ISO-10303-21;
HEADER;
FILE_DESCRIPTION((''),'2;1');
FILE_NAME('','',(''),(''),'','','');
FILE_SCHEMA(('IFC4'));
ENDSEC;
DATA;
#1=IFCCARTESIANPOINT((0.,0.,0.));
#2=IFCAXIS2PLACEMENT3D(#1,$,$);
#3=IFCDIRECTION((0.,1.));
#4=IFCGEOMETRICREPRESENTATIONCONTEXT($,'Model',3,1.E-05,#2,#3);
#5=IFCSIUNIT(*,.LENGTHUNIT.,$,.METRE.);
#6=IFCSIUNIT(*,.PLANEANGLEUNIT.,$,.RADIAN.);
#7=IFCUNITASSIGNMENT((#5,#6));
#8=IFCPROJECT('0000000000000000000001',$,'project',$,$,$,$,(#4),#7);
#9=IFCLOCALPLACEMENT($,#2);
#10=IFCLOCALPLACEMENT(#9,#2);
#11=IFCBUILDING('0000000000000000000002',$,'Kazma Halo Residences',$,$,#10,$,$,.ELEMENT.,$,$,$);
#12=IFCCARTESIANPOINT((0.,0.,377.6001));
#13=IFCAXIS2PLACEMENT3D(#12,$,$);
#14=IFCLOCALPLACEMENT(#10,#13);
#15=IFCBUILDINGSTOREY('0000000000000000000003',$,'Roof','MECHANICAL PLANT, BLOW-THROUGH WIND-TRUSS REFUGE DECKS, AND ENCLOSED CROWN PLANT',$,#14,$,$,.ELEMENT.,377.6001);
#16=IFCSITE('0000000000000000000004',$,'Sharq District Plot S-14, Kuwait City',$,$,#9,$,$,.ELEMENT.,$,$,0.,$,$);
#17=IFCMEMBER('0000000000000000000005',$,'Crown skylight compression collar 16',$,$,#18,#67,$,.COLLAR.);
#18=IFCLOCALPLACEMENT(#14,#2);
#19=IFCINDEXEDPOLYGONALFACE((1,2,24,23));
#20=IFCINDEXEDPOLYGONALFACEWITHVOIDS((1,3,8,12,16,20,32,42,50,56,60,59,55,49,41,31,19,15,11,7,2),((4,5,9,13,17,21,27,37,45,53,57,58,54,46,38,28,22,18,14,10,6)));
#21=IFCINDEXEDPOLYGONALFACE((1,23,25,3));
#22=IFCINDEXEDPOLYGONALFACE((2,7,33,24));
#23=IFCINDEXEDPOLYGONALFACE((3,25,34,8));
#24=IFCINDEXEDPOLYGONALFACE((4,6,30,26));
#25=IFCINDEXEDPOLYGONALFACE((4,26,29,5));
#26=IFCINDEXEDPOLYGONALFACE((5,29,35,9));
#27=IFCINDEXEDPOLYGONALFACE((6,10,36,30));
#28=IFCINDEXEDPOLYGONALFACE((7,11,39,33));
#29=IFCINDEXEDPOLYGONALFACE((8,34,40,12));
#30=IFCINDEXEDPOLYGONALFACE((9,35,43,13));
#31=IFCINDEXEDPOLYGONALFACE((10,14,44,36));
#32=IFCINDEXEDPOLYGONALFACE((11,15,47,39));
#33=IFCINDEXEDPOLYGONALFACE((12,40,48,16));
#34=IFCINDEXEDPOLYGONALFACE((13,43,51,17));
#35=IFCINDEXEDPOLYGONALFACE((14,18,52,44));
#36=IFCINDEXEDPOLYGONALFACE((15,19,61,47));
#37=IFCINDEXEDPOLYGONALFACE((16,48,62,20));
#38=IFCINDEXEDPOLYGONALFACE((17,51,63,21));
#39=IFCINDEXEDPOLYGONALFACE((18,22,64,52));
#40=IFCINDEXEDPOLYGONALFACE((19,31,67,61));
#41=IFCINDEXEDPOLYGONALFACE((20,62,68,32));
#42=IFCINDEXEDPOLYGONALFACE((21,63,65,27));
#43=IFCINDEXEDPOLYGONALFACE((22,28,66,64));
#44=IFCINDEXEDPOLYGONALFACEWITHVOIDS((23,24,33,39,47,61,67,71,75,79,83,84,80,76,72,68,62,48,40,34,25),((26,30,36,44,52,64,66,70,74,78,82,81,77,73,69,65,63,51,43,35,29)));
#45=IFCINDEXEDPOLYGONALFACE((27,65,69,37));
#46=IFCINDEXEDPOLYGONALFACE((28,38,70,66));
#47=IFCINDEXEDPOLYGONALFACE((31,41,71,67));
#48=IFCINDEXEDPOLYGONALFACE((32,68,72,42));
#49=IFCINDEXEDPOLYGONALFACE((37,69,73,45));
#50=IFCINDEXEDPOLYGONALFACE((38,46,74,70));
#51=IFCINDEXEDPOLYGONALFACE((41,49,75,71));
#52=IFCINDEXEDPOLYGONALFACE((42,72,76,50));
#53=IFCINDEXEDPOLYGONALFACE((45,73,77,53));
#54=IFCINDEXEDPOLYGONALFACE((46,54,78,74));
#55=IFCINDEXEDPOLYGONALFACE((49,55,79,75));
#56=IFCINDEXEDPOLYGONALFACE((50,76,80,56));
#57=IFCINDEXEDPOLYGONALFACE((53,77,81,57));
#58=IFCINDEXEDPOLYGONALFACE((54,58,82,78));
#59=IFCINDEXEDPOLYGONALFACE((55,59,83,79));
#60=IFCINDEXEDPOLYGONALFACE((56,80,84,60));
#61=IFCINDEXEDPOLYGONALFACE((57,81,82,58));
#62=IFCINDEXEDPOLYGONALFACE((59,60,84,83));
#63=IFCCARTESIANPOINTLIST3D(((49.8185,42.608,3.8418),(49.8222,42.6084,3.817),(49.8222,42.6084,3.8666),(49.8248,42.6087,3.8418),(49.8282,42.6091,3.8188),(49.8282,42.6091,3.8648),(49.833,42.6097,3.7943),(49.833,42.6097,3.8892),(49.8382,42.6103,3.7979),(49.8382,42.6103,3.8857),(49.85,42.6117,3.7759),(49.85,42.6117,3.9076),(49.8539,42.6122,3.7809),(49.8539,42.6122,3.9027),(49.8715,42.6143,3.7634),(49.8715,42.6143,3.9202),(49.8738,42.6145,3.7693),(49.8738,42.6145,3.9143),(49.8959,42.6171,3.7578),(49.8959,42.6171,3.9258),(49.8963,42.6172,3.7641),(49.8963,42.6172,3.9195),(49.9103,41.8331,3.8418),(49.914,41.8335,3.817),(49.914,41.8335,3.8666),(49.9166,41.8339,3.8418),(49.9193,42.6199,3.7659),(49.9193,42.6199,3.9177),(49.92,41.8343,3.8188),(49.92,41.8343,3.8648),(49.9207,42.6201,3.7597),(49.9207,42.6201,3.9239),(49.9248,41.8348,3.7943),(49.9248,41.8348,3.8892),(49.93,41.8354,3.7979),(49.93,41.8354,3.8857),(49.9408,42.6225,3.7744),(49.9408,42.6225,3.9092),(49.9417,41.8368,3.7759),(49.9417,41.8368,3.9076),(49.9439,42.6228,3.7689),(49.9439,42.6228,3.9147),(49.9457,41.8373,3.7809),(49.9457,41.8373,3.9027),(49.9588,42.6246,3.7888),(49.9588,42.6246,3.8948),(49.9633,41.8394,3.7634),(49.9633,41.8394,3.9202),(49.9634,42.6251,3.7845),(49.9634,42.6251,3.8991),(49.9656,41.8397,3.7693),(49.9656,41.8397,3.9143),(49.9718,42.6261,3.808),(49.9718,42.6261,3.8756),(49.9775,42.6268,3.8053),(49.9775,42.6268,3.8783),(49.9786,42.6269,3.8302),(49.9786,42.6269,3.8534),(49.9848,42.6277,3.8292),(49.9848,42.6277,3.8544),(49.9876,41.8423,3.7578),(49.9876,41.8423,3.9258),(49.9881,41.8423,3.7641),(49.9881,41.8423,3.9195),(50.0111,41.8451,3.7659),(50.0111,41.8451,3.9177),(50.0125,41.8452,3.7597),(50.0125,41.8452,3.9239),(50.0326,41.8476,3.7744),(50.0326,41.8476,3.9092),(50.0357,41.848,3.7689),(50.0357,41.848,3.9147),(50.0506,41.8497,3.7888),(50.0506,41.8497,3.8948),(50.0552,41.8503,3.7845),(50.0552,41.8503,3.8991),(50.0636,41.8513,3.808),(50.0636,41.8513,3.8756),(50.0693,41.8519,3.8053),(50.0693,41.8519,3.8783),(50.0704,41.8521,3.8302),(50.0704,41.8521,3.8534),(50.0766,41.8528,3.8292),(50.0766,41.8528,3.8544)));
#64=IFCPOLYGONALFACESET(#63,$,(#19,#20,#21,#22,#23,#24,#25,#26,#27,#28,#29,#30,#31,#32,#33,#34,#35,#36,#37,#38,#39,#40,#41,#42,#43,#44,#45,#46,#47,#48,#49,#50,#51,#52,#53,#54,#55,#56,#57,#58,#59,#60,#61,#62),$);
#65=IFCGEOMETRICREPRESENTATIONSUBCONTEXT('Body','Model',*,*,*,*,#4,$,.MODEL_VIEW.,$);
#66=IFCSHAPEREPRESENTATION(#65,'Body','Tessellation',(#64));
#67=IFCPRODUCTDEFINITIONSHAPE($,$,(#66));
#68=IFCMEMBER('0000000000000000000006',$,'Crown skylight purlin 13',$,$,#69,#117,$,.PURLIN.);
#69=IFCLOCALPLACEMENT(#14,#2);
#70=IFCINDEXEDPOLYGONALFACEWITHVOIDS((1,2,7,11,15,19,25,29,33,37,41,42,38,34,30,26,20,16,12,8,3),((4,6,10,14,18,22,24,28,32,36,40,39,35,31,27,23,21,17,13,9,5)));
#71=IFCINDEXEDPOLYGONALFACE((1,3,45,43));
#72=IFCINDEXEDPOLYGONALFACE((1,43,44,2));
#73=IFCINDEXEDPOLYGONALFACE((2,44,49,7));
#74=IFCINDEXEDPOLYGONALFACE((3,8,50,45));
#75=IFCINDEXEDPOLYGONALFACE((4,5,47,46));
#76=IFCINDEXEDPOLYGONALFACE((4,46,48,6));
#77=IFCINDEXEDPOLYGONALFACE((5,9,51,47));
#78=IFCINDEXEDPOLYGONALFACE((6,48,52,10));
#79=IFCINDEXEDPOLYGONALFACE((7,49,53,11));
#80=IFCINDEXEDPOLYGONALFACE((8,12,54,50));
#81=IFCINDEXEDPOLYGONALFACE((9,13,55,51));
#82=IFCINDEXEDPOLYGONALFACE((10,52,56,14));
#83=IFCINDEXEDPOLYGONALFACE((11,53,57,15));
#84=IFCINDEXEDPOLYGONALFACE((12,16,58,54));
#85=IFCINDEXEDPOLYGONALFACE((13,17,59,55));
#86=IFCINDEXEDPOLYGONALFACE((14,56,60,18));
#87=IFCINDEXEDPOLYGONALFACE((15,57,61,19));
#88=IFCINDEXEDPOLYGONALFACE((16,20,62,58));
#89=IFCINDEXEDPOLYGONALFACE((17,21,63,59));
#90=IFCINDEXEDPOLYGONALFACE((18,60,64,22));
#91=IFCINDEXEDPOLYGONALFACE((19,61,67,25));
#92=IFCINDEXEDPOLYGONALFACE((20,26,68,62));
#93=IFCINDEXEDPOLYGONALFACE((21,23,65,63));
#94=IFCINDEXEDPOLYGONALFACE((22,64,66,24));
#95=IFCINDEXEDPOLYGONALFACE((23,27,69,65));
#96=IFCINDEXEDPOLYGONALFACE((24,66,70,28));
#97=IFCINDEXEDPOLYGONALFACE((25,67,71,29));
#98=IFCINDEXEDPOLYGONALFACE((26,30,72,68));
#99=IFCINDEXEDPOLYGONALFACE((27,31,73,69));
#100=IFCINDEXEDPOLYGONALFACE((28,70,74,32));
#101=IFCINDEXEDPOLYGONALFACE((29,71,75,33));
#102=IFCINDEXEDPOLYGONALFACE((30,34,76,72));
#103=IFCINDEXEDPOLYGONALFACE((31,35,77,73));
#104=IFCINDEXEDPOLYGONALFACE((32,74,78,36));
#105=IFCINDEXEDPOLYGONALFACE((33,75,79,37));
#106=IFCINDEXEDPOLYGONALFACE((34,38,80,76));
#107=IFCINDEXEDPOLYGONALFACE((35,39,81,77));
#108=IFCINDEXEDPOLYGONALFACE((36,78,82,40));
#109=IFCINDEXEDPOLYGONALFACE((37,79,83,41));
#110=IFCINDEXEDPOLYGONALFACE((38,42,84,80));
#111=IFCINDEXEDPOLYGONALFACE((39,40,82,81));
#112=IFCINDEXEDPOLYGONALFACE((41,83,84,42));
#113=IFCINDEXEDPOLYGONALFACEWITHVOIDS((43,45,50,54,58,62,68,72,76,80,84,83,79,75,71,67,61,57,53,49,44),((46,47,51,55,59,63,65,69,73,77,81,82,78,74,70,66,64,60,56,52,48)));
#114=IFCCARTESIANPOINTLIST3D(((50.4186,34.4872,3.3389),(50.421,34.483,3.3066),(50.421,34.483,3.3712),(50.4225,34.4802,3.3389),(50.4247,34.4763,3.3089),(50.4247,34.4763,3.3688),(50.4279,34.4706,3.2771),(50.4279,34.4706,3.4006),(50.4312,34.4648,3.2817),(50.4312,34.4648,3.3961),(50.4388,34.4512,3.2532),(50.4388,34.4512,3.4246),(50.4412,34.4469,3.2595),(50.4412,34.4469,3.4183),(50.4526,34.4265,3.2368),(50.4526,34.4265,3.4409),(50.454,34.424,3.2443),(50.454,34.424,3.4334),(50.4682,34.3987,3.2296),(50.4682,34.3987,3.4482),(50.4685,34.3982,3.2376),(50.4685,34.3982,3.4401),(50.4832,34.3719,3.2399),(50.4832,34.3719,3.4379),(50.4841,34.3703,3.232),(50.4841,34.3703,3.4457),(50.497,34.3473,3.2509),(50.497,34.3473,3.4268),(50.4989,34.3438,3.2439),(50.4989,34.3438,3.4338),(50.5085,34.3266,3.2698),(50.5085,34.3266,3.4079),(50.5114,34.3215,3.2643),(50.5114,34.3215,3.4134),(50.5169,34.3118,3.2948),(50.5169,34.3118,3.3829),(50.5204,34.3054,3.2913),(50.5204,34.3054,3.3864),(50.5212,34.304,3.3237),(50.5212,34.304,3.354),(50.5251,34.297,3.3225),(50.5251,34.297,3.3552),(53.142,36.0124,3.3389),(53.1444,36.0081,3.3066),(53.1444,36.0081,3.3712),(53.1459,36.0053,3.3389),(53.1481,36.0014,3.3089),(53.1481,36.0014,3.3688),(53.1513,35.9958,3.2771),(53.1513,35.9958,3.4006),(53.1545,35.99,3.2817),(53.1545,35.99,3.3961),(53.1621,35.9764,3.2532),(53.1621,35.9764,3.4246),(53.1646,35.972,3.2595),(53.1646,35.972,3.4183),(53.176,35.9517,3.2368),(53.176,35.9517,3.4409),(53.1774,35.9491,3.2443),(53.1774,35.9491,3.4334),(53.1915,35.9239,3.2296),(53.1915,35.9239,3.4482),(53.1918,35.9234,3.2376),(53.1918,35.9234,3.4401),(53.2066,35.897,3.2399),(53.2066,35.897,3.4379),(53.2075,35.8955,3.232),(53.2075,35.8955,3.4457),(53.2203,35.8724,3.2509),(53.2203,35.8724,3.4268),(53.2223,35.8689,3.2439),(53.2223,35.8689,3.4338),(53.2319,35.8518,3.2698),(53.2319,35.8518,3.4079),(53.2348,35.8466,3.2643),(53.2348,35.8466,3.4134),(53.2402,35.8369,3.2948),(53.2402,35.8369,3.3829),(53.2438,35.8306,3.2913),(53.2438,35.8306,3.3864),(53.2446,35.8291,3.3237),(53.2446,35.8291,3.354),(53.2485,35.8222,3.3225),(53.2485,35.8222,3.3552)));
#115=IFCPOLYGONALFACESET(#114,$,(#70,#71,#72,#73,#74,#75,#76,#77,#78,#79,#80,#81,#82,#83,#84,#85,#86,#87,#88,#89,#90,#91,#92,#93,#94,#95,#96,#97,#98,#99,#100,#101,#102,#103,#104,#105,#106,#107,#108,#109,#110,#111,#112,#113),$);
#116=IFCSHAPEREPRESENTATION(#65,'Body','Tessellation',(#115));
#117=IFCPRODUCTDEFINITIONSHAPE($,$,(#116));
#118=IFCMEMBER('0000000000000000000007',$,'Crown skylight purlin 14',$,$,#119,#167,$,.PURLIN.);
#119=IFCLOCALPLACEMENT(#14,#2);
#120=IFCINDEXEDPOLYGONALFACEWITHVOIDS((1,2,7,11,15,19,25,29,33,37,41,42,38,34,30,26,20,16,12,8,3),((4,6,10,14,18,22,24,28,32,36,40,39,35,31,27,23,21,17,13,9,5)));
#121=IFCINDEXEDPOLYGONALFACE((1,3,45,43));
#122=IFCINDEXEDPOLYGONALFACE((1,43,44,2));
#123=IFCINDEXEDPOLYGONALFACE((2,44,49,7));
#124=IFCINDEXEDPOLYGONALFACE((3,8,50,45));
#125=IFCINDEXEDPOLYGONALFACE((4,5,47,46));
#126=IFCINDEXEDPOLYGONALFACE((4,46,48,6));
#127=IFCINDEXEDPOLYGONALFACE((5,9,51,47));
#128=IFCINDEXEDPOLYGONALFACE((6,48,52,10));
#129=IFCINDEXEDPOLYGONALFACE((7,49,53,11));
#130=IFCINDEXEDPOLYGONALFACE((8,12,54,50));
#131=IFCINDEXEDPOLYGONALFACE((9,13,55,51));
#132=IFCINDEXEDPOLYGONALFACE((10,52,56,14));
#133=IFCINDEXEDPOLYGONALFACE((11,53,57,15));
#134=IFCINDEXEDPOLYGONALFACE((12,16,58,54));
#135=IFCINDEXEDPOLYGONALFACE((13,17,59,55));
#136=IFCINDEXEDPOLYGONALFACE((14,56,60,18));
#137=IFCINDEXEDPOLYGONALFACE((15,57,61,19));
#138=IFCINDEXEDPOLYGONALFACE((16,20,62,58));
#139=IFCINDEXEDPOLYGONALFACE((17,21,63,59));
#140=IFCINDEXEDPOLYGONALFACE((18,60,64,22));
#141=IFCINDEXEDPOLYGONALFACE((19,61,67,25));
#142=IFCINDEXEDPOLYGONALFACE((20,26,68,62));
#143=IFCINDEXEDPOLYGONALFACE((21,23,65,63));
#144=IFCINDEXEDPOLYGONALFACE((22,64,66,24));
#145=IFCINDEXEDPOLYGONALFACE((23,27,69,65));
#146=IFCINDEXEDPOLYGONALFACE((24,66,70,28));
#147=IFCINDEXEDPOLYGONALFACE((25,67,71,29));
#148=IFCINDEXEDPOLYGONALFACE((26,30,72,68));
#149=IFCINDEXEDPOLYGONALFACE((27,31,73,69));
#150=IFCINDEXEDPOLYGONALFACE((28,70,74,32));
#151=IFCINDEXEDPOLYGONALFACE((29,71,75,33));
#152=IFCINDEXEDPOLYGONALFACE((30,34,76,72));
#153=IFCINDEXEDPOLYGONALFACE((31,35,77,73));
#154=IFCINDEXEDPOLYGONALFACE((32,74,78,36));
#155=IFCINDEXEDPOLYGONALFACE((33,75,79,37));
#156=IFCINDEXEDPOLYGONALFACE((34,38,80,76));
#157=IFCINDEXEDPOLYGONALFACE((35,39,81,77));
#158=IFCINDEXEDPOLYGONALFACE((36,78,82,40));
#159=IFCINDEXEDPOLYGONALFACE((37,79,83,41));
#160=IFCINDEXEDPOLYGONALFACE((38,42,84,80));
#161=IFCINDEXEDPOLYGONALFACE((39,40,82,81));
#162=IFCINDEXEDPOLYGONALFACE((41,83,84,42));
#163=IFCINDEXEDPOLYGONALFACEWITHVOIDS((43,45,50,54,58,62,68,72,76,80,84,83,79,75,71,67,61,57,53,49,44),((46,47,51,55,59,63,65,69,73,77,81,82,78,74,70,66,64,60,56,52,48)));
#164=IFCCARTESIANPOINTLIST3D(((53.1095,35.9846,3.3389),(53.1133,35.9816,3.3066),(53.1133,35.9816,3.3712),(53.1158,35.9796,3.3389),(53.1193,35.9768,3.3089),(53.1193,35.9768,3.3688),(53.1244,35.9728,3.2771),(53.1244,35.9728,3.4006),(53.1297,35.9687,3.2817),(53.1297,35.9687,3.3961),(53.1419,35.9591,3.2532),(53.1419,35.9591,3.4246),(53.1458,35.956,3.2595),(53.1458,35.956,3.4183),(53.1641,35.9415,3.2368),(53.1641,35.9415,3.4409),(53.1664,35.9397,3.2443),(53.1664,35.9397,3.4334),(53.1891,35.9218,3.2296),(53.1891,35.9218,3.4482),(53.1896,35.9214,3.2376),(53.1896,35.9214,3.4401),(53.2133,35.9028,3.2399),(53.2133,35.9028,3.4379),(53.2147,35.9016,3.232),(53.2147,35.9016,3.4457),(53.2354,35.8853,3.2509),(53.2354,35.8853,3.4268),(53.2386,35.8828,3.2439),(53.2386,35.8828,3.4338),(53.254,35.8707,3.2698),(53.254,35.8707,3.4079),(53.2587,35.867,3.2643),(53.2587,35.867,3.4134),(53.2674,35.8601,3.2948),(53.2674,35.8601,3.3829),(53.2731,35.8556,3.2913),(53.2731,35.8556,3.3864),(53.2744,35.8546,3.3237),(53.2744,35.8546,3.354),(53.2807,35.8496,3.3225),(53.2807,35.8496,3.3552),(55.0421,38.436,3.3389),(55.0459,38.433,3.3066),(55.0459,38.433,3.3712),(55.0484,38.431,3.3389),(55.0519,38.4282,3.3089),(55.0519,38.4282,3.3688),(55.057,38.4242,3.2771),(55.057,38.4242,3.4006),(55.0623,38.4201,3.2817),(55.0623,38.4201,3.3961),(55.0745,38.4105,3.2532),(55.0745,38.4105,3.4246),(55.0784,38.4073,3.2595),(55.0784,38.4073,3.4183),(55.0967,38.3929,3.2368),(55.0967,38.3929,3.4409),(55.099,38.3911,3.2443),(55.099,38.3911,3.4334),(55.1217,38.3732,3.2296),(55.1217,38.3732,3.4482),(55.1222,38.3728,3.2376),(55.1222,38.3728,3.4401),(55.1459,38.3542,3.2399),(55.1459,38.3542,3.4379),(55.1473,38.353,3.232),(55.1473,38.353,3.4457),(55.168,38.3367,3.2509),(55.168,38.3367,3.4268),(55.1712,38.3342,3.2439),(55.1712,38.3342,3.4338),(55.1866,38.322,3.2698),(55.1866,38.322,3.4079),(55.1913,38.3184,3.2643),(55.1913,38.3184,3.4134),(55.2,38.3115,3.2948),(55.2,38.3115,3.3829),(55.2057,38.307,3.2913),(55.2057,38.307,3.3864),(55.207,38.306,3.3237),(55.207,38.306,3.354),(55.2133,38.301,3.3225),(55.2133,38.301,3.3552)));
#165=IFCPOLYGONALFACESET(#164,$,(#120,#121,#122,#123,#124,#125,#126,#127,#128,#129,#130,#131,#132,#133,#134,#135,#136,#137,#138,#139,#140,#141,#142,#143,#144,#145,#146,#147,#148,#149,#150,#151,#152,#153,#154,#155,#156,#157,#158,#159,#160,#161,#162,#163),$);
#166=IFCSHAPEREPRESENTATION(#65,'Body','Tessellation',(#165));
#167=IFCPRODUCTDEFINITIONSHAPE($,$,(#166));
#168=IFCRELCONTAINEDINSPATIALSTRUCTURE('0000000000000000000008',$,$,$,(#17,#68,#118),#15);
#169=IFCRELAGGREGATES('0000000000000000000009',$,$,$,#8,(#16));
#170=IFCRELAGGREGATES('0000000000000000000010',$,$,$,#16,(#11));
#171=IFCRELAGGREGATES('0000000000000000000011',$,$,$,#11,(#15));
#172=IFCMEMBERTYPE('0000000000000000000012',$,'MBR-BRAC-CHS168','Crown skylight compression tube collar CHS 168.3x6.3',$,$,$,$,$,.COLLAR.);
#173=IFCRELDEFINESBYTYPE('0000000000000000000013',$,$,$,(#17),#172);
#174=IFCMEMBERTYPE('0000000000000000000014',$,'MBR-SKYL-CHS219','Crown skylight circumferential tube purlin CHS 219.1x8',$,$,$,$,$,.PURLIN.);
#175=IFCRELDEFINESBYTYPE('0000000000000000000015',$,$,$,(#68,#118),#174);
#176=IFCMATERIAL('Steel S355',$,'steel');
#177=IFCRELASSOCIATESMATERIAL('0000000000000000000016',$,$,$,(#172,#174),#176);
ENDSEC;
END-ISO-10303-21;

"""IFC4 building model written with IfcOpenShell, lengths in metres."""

from ifc_helpers import new_model, si_unit, direction, frame, origin, origin_2d, place, context, subcontext, project, spatial, hollow_circle, extrude, material, material_profile, profile_set, type_object, element, save


model = new_model("IFC4")

# Units and contexts
model_context = context("Model", 3, precision=1e-05, world=origin(), true_north=direction((0.0, 1.0)))
body_context = subcontext(model_context, "Body", "Model", "MODEL_VIEW")
ifc_project = project(units=[si_unit("LENGTHUNIT", "METRE"), si_unit("PLANEANGLEUNIT", "RADIAN")], contexts=[model_context])

# Site, building, storey
site_placement = place(None, origin())
site = spatial("IfcSite", under=ifc_project, at=site_placement, Name="Sharq District Plot S-14, Kuwait City", CompositionType="ELEMENT", RefElevation=0.0)
building_placement = place(site_placement, origin())
building = spatial("IfcBuilding", under=site, at=building_placement, Name="Kazma Halo Residences", CompositionType="ELEMENT")
storey_placement = place(building_placement, frame((0.0, 0.0, 377.6001)))
storey = spatial("IfcBuildingStorey", under=building, at=storey_placement, Name="Roof", Description="MECHANICAL PLANT, BLOW-THROUGH WIND-TRUSS REFUGE DECKS, AND ENCLOSED CROWN PLANT", CompositionType="ELEMENT", Elevation=377.6001)

# Shared definitions
ifc_material_1 = material(Name="Steel S355", Category="steel")

# Members
ifc_material_profile_1 = material_profile(ifc_material_1, hollow_circle(Radius=0.0842, WallThickness=0.0063, at=origin_2d()), Name="CHS168.3x6.3")
ifc_profile_set_1 = profile_set([ifc_material_profile_1], Name="Steel S355")
member_type_1 = type_object("IfcMemberType", Name="MBR-BRAC-CHS168", Description="Crown skylight compression tube collar CHS 168.3x6.3", PredefinedType="COLLAR", material=ifc_profile_set_1)
for number, where, z_axis, x_axis, name in (
    (1, (49.9939, 41.843, 3.8418), (-0.11764, 0.993056, 0.0), (-0.993056, -0.11764, 0.0), "Crown skylight compression collar 16"),
):
    element("IfcMember", number, at=place(storey_placement, frame(where, z_axis=z_axis, x_axis=x_axis)), inside=storey, type_object=member_type_1, Name=name, PredefinedType="COLLAR", context=body_context, shape_type="SweptSolid", body=[
        extrude(hollow_circle(Radius=0.0842, WallThickness=0.0063, at=origin_2d()), origin(), (0.0, 0.0, 1.0), 0.7803),
    ])
ifc_material_profile_2 = material_profile(ifc_material_1, hollow_circle(Radius=0.1096, WallThickness=0.0081, at=origin_2d()), Name="CHS219.1x8")
ifc_profile_set_2 = profile_set([ifc_material_profile_2], Name="Steel S355")
member_type_2 = type_object("IfcMemberType", Name="MBR-SKYL-CHS219", Description="Crown skylight circumferential tube purlin CHS 219.1x8", PredefinedType="PURLIN", material=ifc_profile_set_2)
member_1_placement = place(storey_placement, frame((50.4722, 34.3916, 3.3389), z_axis=(0.872499, 0.488615, 0.0), x_axis=(-0.488615, 0.872499, 0.0)))
element("IfcMember", 2, at=member_1_placement, inside=storey, type_object=member_type_2, Name="Crown skylight purlin 13", PredefinedType="PURLIN", context=body_context, shape_type="SweptSolid", body=[
    extrude(hollow_circle(Radius=0.1096, WallThickness=0.0081, at=origin_2d()), origin(), (0.0, 0.0, 1.0), 3.1213),
])
member_2_placement = place(storey_placement, frame((53.1956, 35.9167, 3.3389), z_axis=(0.619109, 0.785305, 0.0), x_axis=(-0.785305, 0.619109, 0.0)))
element("IfcMember", 3, at=member_2_placement, inside=storey, type_object=member_type_2, Name="Crown skylight purlin 14", PredefinedType="PURLIN", context=body_context, shape_type="SweptSolid", body=[
    extrude(hollow_circle(Radius=0.1096, WallThickness=0.0081, at=origin_2d()), origin(), (0.0, 0.0, 1.0), 3.1216),
])

save(model, "model.ifc")
